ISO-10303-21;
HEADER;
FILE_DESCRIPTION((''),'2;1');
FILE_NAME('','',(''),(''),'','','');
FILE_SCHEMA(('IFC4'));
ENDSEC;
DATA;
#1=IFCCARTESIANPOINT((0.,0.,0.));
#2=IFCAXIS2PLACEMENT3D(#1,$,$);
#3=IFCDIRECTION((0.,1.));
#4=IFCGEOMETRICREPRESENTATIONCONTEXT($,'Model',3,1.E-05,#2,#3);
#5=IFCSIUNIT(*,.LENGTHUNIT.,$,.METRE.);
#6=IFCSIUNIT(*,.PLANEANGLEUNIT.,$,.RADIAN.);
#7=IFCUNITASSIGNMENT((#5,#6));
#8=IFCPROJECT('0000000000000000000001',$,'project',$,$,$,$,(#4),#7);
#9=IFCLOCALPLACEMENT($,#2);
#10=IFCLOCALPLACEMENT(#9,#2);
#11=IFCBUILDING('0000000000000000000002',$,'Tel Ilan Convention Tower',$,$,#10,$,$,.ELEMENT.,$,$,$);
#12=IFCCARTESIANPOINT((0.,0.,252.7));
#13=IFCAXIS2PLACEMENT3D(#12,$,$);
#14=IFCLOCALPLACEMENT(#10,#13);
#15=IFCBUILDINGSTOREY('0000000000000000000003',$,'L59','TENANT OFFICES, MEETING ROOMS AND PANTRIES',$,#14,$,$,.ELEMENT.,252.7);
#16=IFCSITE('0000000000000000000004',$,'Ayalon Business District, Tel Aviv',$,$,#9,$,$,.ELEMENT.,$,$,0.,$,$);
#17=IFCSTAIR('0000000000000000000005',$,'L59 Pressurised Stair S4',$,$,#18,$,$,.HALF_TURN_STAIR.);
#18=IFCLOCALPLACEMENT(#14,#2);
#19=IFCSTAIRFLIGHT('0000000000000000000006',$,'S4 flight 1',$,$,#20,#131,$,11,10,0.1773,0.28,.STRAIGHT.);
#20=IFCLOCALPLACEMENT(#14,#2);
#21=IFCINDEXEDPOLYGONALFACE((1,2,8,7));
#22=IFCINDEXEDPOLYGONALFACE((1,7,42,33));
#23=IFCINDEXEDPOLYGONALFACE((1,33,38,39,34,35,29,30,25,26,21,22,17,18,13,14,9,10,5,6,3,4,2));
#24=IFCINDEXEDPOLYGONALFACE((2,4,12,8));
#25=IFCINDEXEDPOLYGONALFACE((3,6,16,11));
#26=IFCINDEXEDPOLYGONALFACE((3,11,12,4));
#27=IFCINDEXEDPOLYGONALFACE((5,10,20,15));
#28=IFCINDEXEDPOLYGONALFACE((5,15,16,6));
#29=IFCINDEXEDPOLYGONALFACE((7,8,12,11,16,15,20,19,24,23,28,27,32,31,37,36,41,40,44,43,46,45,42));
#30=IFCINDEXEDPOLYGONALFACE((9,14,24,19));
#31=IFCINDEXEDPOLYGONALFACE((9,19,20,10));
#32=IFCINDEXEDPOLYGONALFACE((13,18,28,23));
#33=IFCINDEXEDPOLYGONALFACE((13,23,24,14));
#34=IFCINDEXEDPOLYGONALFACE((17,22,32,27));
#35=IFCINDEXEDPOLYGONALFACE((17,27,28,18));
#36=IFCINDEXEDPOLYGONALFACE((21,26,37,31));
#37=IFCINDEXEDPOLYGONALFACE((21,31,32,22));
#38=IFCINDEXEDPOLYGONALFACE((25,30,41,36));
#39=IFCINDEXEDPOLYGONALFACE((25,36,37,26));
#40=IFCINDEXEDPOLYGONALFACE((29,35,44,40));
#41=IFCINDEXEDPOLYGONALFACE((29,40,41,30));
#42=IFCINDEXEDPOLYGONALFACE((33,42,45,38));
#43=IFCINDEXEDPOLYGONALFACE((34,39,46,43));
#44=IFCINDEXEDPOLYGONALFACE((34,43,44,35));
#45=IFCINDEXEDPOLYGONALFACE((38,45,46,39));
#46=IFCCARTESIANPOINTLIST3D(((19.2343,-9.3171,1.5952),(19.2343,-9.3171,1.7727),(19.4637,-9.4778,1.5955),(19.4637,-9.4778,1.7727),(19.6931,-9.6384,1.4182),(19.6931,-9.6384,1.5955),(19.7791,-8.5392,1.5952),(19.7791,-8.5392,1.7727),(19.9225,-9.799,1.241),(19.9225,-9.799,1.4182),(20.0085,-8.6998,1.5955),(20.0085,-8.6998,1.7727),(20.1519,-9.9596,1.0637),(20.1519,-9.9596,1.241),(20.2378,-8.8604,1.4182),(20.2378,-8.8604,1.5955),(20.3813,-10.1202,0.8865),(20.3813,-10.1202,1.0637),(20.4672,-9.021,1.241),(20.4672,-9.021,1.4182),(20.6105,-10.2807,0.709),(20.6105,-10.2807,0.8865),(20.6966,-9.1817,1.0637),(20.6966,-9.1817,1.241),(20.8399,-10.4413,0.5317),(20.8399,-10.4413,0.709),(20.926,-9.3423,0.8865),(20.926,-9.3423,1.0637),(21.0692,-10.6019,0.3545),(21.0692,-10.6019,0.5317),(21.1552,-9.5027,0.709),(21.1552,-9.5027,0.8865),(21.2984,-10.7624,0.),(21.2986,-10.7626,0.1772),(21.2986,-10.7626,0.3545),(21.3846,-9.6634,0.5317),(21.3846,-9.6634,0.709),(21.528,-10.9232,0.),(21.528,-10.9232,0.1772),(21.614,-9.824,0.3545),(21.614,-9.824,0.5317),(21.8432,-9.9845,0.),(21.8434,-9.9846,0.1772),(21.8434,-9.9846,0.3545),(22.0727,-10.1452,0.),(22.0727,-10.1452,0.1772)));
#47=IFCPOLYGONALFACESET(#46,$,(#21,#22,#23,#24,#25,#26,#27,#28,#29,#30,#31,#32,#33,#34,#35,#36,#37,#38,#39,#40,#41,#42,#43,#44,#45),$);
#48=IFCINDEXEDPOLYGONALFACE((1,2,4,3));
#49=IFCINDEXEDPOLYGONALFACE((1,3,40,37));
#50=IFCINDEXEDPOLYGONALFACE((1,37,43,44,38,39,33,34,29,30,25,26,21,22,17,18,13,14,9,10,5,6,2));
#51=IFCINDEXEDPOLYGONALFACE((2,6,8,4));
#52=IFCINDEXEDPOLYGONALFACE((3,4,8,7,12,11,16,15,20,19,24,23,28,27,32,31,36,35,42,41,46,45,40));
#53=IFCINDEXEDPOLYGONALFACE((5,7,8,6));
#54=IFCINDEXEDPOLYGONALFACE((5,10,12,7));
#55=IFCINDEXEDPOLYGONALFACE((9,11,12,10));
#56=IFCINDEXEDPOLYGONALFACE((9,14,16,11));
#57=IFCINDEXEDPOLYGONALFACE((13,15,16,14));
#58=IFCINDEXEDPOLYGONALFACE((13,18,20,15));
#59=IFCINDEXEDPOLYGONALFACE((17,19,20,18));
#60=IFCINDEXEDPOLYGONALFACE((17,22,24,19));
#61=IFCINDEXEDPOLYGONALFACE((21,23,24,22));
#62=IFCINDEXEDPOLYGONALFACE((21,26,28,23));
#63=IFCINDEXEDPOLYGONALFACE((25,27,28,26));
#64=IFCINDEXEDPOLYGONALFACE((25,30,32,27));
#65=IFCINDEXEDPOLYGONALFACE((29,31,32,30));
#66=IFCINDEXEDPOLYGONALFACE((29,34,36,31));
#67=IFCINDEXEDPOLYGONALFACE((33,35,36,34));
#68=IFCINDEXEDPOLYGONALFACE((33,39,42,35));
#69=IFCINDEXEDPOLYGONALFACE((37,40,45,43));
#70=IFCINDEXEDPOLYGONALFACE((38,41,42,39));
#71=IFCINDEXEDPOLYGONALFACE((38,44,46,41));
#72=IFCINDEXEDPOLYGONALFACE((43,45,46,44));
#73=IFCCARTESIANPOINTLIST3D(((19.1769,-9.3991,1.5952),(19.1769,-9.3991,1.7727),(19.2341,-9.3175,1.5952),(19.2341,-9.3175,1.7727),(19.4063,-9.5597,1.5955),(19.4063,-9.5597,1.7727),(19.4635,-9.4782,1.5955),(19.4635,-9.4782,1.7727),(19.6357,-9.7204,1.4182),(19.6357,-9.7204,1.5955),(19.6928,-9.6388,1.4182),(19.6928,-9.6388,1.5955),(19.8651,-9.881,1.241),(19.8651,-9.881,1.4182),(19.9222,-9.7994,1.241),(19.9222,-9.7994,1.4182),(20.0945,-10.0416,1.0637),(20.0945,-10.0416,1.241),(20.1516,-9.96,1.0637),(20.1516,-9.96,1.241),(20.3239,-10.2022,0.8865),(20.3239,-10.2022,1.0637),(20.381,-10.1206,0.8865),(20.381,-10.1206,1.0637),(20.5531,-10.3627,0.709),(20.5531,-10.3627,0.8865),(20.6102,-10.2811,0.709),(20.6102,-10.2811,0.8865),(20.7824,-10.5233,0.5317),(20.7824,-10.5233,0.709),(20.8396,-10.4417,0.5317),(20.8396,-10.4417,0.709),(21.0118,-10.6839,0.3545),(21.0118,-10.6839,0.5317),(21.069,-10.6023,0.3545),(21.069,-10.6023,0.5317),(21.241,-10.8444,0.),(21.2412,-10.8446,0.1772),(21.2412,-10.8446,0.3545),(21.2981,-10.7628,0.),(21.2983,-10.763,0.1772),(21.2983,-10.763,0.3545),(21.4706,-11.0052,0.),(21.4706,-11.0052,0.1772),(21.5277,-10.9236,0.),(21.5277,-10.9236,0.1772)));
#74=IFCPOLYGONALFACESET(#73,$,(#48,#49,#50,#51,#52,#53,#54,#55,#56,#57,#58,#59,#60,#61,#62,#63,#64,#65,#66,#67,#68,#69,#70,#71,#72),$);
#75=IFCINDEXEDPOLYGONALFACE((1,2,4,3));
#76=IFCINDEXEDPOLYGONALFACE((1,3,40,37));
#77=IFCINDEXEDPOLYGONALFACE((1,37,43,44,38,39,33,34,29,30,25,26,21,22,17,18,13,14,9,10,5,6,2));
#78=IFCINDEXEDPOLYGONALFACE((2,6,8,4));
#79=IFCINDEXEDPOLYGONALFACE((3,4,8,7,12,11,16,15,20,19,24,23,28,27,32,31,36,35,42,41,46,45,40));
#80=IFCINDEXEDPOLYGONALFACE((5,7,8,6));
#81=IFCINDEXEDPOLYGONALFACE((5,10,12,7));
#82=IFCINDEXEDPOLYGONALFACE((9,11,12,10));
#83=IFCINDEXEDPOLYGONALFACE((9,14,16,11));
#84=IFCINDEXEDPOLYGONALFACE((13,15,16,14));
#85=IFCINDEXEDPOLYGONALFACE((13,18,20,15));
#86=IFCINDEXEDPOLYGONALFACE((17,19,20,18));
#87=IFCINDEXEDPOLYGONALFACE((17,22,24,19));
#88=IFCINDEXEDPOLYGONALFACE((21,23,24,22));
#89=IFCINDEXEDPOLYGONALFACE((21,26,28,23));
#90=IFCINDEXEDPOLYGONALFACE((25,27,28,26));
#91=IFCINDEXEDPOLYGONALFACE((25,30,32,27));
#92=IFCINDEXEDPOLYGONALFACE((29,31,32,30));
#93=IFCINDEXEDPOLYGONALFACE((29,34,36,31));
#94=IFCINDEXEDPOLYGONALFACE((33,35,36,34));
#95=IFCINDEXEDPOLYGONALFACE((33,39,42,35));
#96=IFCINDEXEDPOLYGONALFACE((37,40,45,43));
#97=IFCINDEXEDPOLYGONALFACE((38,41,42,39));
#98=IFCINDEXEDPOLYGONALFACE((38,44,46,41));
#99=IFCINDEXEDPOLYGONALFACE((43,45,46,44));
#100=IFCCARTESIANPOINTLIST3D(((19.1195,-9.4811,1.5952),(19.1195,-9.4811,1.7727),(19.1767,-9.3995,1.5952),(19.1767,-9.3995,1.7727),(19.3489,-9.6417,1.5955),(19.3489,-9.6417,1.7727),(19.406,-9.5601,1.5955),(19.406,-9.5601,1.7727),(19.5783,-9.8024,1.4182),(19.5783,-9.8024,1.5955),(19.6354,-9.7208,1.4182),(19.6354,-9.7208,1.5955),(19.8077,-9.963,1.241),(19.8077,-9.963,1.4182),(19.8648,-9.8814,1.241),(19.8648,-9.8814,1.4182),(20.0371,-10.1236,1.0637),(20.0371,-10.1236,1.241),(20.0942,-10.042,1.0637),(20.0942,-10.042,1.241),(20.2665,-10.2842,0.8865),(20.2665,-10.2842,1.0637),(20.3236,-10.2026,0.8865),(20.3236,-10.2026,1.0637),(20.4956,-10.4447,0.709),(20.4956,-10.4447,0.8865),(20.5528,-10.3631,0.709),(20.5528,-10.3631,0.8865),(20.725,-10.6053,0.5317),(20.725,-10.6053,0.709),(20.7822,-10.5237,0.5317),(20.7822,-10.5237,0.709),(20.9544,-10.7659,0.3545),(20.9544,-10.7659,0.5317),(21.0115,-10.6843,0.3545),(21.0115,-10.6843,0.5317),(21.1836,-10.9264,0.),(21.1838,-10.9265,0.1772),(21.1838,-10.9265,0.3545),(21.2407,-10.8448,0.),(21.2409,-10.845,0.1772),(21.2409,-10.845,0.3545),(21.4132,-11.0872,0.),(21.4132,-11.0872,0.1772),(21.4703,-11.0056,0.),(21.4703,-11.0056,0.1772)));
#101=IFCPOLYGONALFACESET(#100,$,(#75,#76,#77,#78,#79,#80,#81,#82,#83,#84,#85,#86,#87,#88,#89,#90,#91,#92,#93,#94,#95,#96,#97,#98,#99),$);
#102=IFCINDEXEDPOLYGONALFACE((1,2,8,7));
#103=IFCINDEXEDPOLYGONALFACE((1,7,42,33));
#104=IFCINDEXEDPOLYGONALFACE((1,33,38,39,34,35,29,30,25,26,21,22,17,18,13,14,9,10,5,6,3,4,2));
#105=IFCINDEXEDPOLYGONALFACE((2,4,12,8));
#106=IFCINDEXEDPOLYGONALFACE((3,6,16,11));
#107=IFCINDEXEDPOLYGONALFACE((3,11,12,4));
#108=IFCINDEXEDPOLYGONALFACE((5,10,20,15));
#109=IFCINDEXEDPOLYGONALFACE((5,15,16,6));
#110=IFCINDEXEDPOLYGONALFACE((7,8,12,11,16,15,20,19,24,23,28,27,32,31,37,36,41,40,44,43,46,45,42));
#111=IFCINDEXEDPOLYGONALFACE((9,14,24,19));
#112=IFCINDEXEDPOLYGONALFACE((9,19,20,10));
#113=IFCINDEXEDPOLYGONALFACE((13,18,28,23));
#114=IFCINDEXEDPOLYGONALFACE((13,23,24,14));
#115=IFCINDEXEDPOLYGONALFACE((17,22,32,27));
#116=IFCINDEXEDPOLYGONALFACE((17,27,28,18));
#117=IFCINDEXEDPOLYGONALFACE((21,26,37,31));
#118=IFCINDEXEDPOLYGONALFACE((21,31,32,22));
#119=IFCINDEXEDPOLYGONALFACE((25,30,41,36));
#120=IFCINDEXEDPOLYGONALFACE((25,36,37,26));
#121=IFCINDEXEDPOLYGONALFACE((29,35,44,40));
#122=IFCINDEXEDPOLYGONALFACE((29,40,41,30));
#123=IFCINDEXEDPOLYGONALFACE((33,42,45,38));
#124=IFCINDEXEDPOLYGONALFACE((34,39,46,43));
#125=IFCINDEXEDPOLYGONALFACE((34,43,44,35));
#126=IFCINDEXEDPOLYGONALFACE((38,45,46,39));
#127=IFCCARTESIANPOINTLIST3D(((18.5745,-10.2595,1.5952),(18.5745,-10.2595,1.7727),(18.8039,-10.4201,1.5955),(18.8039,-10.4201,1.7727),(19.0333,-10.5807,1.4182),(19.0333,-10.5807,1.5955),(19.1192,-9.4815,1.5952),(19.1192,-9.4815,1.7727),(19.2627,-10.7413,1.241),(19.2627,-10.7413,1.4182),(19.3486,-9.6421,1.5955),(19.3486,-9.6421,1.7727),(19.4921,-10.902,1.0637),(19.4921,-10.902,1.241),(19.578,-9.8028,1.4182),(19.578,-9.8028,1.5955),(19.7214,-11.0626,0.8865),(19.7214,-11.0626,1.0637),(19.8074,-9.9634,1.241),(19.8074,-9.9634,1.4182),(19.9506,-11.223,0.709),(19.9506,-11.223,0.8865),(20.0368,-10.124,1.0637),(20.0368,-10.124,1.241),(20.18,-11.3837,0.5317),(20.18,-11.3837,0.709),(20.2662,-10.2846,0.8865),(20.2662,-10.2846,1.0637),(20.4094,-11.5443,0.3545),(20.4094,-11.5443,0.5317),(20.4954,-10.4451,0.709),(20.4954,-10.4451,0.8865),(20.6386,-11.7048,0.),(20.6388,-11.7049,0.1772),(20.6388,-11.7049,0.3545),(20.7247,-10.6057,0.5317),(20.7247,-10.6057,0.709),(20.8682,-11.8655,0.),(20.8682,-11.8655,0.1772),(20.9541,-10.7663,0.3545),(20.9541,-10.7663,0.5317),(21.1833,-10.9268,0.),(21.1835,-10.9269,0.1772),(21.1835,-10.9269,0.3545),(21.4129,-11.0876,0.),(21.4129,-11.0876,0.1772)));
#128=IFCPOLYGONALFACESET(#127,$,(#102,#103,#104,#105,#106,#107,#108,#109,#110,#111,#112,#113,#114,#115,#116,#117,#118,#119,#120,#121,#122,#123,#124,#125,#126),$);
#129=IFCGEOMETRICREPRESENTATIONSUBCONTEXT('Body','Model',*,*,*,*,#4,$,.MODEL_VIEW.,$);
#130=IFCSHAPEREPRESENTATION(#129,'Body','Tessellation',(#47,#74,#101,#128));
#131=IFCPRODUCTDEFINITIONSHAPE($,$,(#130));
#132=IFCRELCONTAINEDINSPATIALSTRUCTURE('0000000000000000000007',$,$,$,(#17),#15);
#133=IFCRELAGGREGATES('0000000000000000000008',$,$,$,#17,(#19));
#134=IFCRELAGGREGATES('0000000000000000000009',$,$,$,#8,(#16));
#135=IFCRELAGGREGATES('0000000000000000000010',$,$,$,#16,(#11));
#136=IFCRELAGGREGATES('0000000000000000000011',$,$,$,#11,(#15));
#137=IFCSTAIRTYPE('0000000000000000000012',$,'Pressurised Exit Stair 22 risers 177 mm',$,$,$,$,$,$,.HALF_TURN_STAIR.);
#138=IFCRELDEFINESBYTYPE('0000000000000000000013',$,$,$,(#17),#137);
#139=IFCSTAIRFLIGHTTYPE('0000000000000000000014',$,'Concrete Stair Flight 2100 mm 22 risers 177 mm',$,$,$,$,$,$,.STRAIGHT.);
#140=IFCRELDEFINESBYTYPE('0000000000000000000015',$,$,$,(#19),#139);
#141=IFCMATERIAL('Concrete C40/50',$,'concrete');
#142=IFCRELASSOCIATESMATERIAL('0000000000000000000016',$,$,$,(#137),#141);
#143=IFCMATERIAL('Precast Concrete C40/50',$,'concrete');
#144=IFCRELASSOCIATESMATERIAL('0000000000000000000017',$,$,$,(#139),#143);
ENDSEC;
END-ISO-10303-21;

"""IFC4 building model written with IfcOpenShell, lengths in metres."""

from ifc_helpers import new_model, si_unit, direction, frame, origin, place, context, subcontext, project, spatial, polyline, outline, extrude, material, type_object, element, aggregate, save


model = new_model("IFC4")

# Units and contexts
model_context = context("Model", 3, precision=1e-05, world=origin(), true_north=direction((0.0, 1.0)))
body_context = subcontext(model_context, "Body", "Model", "MODEL_VIEW")
ifc_project = project(units=[si_unit("LENGTHUNIT", "METRE"), si_unit("PLANEANGLEUNIT", "RADIAN")], contexts=[model_context])

# Site, building, storey
site_placement = place(None, origin())
site = spatial("IfcSite", under=ifc_project, at=site_placement, Name="Ayalon Business District, Tel Aviv", CompositionType="ELEMENT", RefElevation=0.0)
building_placement = place(site_placement, origin())
building = spatial("IfcBuilding", under=site, at=building_placement, Name="Tel Ilan Convention Tower", CompositionType="ELEMENT")
storey_placement = place(building_placement, frame((0.0, 0.0, 252.7)))
storey = spatial("IfcBuildingStorey", under=building, at=storey_placement, Name="L59", Description="TENANT OFFICES, MEETING ROOMS AND PANTRIES", CompositionType="ELEMENT", Elevation=252.7)

# Stair, stair flight
ifc_material_1 = material(Name="Concrete C40/50", Category="concrete")
stair_type = type_object("IfcStairType", Name="Pressurised Exit Stair 22 risers 177 mm", PredefinedType="HALF_TURN_STAIR", material=ifc_material_1)
stair_placement = place(storey_placement, origin())
stair = element("IfcStair", 1, at=stair_placement, inside=storey, type_object=stair_type, Name="L59 Pressurised Stair S4", PredefinedType="HALF_TURN_STAIR")
ifc_material_2 = material(Name="Precast Concrete C40/50", Category="concrete")
stair_flight_type = type_object("IfcStairFlightType", Name="Concrete Stair Flight 2100 mm 22 risers 177 mm", PredefinedType="STRAIGHT", material=ifc_material_2)
stair_flight_1_placement = place(storey_placement, frame((21.4705, -11.0054, 0.0), z_axis=(0.0, 0.0, 1.0), x_axis=(-0.819152, 0.573576, 0.0)))
stair_flight_1 = element("IfcStairFlight", 2, at=stair_flight_1_placement, type_object=stair_flight_type, Name="S4 flight 1", NumberOfRisers=11, NumberOfTreads=10, PredefinedType="STRAIGHT", RiserHeight=0.1773, TreadLength=0.28, context=body_context, shape_type="SweptSolid", body=[
    extrude(outline(polyline([(0.0, 0.0), (0.0, 0.1772), (0.28, 0.1772), (0.28, 0.3545), (0.5601, 0.3545), (0.5601, 0.5317), (0.8401, 0.5317), (0.8401, 0.709), (1.1201, 0.709), (1.1201, 0.8865), (1.3999, 0.8865), (1.3999, 1.0637), (1.6799, 1.0637), (1.6799, 1.241), (1.96, 1.241), (1.96, 1.4182), (2.24, 1.4182), (2.24, 1.5955), (2.52, 1.5955), (2.52, 1.7727), (2.8, 1.7727), (2.8, 1.95), (2.8, 1.5952), (0.2803, 0.0), (0.0, 0.0)])), frame((0.0, -0.1003, 0.0), z_axis=(0.0, -1.0, 0.0), x_axis=(1.0, 0.0, 0.0)), (0.0, 0.0, 1.0), 0.9497),
    extrude(outline(polyline([(0.0, 0.0), (0.0, 0.1772), (0.28, 0.1772), (0.28, 0.3545), (0.5601, 0.3545), (0.5601, 0.5317), (0.8401, 0.5317), (0.8401, 0.709), (1.1201, 0.709), (1.1201, 0.8865), (1.3999, 0.8865), (1.3999, 1.0637), (1.6799, 1.0637), (1.6799, 1.241), (1.96, 1.241), (1.96, 1.4182), (2.24, 1.4182), (2.24, 1.5955), (2.52, 1.5955), (2.52, 1.7727), (2.8, 1.7727), (2.8, 1.95), (2.8, 1.5952), (0.2803, 0.0), (0.0, 0.0)])), frame((0.0, -0.0002, 0.0), z_axis=(0.0, -1.0, 0.0), x_axis=(1.0, 0.0, 0.0)), (0.0, 0.0, 1.0), 0.0996),
    extrude(outline(polyline([(0.0, 0.0), (0.0, 0.1772), (0.28, 0.1772), (0.28, 0.3545), (0.5601, 0.3545), (0.5601, 0.5317), (0.8401, 0.5317), (0.8401, 0.709), (1.1201, 0.709), (1.1201, 0.8865), (1.3999, 0.8865), (1.3999, 1.0637), (1.6799, 1.0637), (1.6799, 1.241), (1.96, 1.241), (1.96, 1.4182), (2.24, 1.4182), (2.24, 1.5955), (2.52, 1.5955), (2.52, 1.7727), (2.8, 1.7727), (2.8, 1.95), (2.8, 1.5952), (0.2803, 0.0), (0.0, 0.0)])), frame((0.0, 0.0999, 0.0), z_axis=(0.0, -1.0, 0.0), x_axis=(1.0, 0.0, 0.0)), (0.0, 0.0, 1.0), 0.0996),
    extrude(outline(polyline([(0.0, 0.0), (0.0, 0.1772), (0.28, 0.1772), (0.28, 0.3545), (0.5601, 0.3545), (0.5601, 0.5317), (0.8401, 0.5317), (0.8401, 0.709), (1.1201, 0.709), (1.1201, 0.8865), (1.3999, 0.8865), (1.3999, 1.0637), (1.6799, 1.0637), (1.6799, 1.241), (1.96, 1.241), (1.96, 1.4182), (2.24, 1.4182), (2.24, 1.5955), (2.52, 1.5955), (2.52, 1.7727), (2.8, 1.7727), (2.8, 1.95), (2.8, 1.5952), (0.2803, 0.0), (0.0, 0.0)])), frame((0.0, 1.05, 0.0), z_axis=(0.0, -1.0, 0.0), x_axis=(1.0, 0.0, 0.0)), (0.0, 0.0, 1.0), 0.9497),
])
aggregate(stair, [stair_flight_1])

save(model, "model.ifc")
